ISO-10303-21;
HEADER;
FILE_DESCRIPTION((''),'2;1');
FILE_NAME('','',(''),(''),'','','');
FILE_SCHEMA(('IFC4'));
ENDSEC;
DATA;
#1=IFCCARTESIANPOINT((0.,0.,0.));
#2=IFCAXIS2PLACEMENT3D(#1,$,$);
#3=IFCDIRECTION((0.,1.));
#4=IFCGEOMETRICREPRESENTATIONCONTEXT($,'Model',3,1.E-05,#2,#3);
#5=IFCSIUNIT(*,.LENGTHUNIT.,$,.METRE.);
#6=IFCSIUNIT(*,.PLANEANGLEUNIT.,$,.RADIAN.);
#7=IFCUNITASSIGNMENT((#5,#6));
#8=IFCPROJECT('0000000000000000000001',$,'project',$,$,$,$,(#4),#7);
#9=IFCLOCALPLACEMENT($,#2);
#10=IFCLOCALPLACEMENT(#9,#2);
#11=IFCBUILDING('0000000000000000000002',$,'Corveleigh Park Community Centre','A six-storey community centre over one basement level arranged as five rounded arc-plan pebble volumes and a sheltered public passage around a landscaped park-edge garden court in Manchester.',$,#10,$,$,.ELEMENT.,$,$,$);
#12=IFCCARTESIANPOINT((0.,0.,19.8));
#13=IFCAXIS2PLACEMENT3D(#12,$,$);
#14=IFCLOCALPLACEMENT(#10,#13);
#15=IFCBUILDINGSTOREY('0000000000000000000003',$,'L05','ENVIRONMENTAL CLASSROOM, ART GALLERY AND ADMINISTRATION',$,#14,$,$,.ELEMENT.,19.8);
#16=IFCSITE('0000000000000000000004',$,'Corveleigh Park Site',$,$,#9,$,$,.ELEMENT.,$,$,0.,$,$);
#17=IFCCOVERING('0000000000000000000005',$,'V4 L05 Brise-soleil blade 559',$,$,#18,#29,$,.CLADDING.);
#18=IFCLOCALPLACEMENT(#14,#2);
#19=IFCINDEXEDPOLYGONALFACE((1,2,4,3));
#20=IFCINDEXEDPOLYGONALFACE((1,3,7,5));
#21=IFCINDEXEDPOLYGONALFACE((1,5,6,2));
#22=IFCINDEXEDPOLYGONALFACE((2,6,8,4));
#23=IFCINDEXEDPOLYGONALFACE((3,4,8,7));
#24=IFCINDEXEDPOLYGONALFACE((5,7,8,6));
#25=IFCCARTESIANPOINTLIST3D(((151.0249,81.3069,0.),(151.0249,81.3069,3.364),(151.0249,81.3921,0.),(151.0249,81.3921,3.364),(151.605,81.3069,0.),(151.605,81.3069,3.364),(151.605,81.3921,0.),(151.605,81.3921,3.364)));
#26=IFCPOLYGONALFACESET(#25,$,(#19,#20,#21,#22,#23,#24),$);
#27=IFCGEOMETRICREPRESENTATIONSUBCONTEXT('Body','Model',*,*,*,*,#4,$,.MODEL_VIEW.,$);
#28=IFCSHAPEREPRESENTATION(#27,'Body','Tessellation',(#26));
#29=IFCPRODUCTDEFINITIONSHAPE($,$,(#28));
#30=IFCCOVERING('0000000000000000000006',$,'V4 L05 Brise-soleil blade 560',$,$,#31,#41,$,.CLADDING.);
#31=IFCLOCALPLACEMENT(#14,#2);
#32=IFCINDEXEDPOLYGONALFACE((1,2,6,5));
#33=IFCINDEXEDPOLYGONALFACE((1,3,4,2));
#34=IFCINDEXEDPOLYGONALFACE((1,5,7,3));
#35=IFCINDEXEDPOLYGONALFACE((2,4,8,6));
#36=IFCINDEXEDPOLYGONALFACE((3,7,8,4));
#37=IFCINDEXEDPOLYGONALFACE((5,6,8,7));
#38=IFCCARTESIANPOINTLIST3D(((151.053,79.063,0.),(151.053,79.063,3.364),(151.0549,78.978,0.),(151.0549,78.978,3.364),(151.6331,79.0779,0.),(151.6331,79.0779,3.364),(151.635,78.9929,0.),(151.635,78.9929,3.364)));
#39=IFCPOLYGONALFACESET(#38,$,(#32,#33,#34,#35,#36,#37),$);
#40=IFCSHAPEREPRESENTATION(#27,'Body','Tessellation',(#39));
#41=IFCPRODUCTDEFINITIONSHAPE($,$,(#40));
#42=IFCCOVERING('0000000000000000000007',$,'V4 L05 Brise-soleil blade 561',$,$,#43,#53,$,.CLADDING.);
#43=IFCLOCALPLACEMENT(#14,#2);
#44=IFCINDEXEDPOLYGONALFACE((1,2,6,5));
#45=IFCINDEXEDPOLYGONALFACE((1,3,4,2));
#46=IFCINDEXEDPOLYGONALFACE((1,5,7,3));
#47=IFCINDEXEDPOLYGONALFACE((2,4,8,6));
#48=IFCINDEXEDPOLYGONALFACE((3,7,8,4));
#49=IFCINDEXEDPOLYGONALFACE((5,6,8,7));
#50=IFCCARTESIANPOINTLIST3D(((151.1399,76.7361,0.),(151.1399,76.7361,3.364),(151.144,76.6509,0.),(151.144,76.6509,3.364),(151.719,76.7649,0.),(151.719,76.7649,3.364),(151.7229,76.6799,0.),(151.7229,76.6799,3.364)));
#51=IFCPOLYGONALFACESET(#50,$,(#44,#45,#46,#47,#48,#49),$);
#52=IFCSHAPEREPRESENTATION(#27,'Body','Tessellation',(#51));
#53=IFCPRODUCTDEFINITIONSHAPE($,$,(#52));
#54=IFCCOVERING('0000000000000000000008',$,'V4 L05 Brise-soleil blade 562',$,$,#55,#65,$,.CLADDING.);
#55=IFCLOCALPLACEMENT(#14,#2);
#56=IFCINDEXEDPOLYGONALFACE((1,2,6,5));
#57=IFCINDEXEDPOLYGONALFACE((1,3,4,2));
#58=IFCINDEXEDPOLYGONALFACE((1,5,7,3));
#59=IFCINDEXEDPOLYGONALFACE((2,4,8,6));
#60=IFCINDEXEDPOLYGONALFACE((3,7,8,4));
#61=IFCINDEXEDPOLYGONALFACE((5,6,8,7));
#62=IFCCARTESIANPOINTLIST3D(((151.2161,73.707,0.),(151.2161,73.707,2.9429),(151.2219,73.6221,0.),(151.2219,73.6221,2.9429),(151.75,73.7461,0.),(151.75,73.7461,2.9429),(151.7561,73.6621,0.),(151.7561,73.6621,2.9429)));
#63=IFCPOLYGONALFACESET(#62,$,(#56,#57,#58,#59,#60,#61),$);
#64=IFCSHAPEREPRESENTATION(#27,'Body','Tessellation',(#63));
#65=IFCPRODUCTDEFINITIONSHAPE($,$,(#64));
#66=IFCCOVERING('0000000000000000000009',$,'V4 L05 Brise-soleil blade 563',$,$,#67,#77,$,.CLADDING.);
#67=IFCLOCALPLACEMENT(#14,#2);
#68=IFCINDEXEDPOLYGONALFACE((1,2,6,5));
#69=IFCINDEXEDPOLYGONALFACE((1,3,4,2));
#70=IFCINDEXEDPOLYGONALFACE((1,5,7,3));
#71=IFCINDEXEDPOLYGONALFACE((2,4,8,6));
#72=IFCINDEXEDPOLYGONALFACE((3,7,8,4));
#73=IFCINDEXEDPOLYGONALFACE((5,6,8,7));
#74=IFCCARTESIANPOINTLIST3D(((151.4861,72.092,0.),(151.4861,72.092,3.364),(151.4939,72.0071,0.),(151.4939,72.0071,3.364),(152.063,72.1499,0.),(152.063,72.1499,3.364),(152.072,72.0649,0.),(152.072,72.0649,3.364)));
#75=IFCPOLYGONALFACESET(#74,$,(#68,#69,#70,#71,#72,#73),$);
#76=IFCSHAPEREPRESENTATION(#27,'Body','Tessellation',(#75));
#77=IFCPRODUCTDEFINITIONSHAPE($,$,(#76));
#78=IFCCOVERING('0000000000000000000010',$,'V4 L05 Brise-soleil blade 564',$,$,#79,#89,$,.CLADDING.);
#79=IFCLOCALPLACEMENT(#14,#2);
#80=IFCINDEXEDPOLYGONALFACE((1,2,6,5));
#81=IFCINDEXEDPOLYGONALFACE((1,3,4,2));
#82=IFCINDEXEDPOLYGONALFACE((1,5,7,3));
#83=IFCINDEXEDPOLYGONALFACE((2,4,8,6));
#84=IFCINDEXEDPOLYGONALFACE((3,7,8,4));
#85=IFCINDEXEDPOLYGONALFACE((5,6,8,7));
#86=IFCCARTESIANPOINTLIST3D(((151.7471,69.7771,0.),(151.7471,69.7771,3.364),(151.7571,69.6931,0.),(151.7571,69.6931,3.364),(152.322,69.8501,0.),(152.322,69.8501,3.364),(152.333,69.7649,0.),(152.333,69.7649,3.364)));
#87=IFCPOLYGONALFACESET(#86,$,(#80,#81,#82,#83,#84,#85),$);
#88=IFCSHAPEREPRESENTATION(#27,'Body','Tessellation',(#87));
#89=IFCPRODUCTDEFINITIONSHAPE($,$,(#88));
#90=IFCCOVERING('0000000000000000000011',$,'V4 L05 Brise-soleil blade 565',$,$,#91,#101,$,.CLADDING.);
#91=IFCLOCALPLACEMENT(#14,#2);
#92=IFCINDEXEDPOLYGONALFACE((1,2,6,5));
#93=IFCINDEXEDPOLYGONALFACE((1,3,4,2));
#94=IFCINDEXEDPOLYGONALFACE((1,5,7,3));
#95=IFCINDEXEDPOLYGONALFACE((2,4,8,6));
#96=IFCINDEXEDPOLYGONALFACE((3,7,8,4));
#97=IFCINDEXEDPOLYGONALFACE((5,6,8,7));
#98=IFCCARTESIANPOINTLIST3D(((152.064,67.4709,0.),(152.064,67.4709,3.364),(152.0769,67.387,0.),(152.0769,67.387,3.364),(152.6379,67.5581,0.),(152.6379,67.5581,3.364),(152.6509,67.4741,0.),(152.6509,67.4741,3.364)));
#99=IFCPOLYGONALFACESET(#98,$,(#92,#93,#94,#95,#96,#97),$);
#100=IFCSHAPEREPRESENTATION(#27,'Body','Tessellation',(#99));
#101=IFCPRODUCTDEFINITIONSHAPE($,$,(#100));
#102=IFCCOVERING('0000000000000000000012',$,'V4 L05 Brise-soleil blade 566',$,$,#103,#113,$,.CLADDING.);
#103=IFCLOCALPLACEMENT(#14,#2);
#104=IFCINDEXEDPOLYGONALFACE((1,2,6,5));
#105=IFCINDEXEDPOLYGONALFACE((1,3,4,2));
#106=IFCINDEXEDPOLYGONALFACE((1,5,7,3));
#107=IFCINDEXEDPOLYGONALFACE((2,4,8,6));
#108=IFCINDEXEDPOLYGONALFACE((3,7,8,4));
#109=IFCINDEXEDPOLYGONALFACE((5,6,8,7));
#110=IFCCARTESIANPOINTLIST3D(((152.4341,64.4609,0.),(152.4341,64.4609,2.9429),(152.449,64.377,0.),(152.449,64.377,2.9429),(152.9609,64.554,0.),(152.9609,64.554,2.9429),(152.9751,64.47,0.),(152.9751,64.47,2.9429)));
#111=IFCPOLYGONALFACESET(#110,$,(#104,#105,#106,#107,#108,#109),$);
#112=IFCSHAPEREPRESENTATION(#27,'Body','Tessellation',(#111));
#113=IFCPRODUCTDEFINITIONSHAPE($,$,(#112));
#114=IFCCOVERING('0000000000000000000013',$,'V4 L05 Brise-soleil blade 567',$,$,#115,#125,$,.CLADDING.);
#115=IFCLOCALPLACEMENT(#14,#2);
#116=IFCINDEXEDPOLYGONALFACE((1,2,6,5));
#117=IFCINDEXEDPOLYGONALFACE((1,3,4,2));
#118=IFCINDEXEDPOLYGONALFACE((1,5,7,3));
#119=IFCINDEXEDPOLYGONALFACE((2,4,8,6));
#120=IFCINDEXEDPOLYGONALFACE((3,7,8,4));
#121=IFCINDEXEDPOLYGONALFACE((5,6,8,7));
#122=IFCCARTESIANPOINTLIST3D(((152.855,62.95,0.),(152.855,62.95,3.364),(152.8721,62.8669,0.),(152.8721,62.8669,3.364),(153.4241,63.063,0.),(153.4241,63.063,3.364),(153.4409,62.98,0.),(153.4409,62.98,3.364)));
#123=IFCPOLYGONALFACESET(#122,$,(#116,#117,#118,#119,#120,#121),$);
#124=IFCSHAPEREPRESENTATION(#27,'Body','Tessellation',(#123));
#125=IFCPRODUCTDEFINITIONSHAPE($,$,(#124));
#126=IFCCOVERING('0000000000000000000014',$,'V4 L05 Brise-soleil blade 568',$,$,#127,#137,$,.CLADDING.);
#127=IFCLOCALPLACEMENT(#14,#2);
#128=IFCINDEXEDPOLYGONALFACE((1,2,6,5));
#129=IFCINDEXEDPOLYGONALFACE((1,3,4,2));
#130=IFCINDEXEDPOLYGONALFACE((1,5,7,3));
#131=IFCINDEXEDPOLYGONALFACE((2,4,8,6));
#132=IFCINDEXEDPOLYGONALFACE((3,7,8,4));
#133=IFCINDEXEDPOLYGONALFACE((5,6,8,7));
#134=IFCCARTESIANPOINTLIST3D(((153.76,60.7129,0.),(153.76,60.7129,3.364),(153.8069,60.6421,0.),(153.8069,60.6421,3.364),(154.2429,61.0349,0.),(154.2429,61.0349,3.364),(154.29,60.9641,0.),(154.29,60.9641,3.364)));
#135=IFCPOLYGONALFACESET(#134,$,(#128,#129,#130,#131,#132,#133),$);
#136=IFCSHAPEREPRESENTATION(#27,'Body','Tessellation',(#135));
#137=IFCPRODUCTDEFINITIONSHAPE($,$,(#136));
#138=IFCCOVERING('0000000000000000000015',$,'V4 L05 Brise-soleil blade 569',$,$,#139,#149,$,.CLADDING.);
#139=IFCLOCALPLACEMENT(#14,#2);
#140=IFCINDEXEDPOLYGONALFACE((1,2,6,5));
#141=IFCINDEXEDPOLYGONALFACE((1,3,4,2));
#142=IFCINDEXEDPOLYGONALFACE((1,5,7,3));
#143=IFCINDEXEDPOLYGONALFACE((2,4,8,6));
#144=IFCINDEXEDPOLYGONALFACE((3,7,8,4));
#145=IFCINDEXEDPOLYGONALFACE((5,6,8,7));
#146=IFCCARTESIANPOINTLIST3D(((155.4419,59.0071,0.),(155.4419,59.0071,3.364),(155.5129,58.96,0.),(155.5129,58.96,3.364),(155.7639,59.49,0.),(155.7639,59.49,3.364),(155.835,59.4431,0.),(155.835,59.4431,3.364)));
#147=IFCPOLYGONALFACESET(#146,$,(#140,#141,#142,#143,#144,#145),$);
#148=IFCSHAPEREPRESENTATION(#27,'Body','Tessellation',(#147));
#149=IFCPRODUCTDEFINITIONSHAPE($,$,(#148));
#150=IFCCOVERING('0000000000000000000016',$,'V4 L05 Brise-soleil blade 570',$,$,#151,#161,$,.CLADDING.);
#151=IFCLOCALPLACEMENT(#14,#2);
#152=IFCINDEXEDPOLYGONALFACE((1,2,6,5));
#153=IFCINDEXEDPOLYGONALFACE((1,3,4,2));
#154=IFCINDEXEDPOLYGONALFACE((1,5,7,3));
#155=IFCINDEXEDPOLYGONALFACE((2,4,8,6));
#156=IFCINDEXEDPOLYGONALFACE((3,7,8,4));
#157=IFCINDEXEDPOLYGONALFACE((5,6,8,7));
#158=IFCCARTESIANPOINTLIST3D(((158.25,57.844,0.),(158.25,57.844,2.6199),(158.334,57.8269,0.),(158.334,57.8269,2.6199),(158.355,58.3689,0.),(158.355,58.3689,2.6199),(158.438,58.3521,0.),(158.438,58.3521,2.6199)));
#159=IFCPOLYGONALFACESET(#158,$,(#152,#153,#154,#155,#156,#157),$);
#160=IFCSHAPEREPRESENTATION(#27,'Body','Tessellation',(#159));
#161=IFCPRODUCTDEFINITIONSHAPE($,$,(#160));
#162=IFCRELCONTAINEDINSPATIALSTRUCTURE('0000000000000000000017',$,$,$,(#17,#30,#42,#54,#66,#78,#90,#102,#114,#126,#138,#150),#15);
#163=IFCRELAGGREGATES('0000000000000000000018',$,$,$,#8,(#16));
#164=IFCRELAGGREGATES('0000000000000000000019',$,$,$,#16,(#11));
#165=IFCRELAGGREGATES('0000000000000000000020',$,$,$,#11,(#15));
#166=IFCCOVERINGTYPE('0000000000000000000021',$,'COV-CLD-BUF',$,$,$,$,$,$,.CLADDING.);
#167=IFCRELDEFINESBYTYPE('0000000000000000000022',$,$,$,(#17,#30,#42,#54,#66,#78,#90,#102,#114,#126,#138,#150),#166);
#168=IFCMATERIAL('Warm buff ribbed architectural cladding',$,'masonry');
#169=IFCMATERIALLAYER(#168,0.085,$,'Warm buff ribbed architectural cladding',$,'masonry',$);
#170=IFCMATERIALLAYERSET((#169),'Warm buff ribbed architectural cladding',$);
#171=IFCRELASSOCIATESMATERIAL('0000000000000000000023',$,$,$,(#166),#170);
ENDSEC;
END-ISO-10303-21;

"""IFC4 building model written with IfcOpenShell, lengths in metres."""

from ifc_helpers import new_model, si_unit, direction, frame, origin, place, context, subcontext, project, spatial, polyline, outline, extrude, material, layer, layer_set, type_object, element, save


model = new_model("IFC4")

# Units and contexts
model_context = context("Model", 3, precision=1e-05, world=origin(), true_north=direction((0.0, 1.0)))
body_context = subcontext(model_context, "Body", "Model", "MODEL_VIEW")
ifc_project = project(units=[si_unit("LENGTHUNIT", "METRE"), si_unit("PLANEANGLEUNIT", "RADIAN")], contexts=[model_context])

# Site, building, storey
site_placement = place(None, origin())
site = spatial("IfcSite", under=ifc_project, at=site_placement, Name="Corveleigh Park Site", CompositionType="ELEMENT", RefElevation=0.0)
building_placement = place(site_placement, origin())
building = spatial("IfcBuilding", under=site, at=building_placement, Name="Corveleigh Park Community Centre", Description="A six-storey community centre over one basement level arranged as five rounded arc-plan pebble volumes and a sheltered public passage around a landscaped park-edge garden court in Manchester.", CompositionType="ELEMENT")
storey_placement = place(building_placement, frame((0.0, 0.0, 19.8)))
storey = spatial("IfcBuildingStorey", under=building, at=storey_placement, Name="L05", Description="ENVIRONMENTAL CLASSROOM, ART GALLERY AND ADMINISTRATION", CompositionType="ELEMENT", Elevation=19.8)

# Coverings
ifc_material_1 = material(Name="Warm buff ribbed architectural cladding", Category="masonry")
ifc_layer_1 = layer(ifc_material_1, 0.085, Name="Warm buff ribbed architectural cladding", Category="masonry")
ifc_layer_set_1 = layer_set([ifc_layer_1], Name="Warm buff ribbed architectural cladding")
covering_type_1 = type_object("IfcCoveringType", Name="COV-CLD-BUF", PredefinedType="CLADDING", material=ifc_layer_set_1)
covering_1_placement = place(storey_placement, origin())
element("IfcCovering", 1, at=covering_1_placement, inside=storey, type_object=covering_type_1, Name="V4 L05 Brise-soleil blade 559", PredefinedType="CLADDING", context=body_context, shape_type="SweptSolid", body=[
    extrude(outline(polyline([(151.605, 81.3069), (151.605, 81.3921), (151.0249, 81.3921), (151.0249, 81.3069), (151.605, 81.3069)])), origin(), (0.0, 0.0, 1.0), 3.364),
])
covering_2_placement = place(storey_placement, origin())
element("IfcCovering", 2, at=covering_2_placement, inside=storey, type_object=covering_type_1, Name="V4 L05 Brise-soleil blade 560", PredefinedType="CLADDING", context=body_context, shape_type="SweptSolid", body=[
    extrude(outline(polyline([(151.635, 78.9929), (151.6331, 79.0779), (151.053, 79.063), (151.0549, 78.978), (151.635, 78.9929)])), origin(), (0.0, 0.0, 1.0), 3.364),
])
covering_3_placement = place(storey_placement, origin())
element("IfcCovering", 3, at=covering_3_placement, inside=storey, type_object=covering_type_1, Name="V4 L05 Brise-soleil blade 561", PredefinedType="CLADDING", context=body_context, shape_type="SweptSolid", body=[
    extrude(outline(polyline([(151.7229, 76.6799), (151.719, 76.7649), (151.1399, 76.7361), (151.144, 76.6509), (151.7229, 76.6799)])), origin(), (0.0, 0.0, 1.0), 3.364),
])
covering_4_placement = place(storey_placement, origin())
element("IfcCovering", 4, at=covering_4_placement, inside=storey, type_object=covering_type_1, Name="V4 L05 Brise-soleil blade 562", PredefinedType="CLADDING", context=body_context, shape_type="SweptSolid", body=[
    extrude(outline(polyline([(151.7561, 73.6621), (151.75, 73.7461), (151.2161, 73.707), (151.2219, 73.6221), (151.7561, 73.6621)])), origin(), (0.0, 0.0, 1.0), 2.9429),
])
covering_5_placement = place(storey_placement, origin())
element("IfcCovering", 5, at=covering_5_placement, inside=storey, type_object=covering_type_1, Name="V4 L05 Brise-soleil blade 563", PredefinedType="CLADDING", context=body_context, shape_type="SweptSolid", body=[
    extrude(outline(polyline([(152.072, 72.0649), (152.063, 72.1499), (151.4861, 72.092), (151.4939, 72.0071), (152.072, 72.0649)])), origin(), (0.0, 0.0, 1.0), 3.364),
])
covering_6_placement = place(storey_placement, origin())
element("IfcCovering", 6, at=covering_6_placement, inside=storey, type_object=covering_type_1, Name="V4 L05 Brise-soleil blade 564", PredefinedType="CLADDING", context=body_context, shape_type="SweptSolid", body=[
    extrude(outline(polyline([(152.333, 69.7649), (152.322, 69.8501), (151.7471, 69.7771), (151.7571, 69.6931), (152.333, 69.7649)])), origin(), (0.0, 0.0, 1.0), 3.364),
])
covering_7_placement = place(storey_placement, origin())
element("IfcCovering", 7, at=covering_7_placement, inside=storey, type_object=covering_type_1, Name="V4 L05 Brise-soleil blade 565", PredefinedType="CLADDING", context=body_context, shape_type="SweptSolid", body=[
    extrude(outline(polyline([(152.6509, 67.4741), (152.6379, 67.5581), (152.064, 67.4709), (152.0769, 67.387), (152.6509, 67.4741)])), origin(), (0.0, 0.0, 1.0), 3.364),
])
covering_8_placement = place(storey_placement, origin())
element("IfcCovering", 8, at=covering_8_placement, inside=storey, type_object=covering_type_1, Name="V4 L05 Brise-soleil blade 566", PredefinedType="CLADDING", context=body_context, shape_type="SweptSolid", body=[
    extrude(outline(polyline([(152.9751, 64.47), (152.9609, 64.554), (152.4341, 64.4609), (152.449, 64.377), (152.9751, 64.47)])), origin(), (0.0, 0.0, 1.0), 2.9429),
])
covering_9_placement = place(storey_placement, origin())
element("IfcCovering", 9, at=covering_9_placement, inside=storey, type_object=covering_type_1, Name="V4 L05 Brise-soleil blade 567", PredefinedType="CLADDING", context=body_context, shape_type="SweptSolid", body=[
    extrude(outline(polyline([(153.4409, 62.98), (153.4241, 63.063), (152.855, 62.95), (152.8721, 62.8669), (153.4409, 62.98)])), origin(), (0.0, 0.0, 1.0), 3.364),
])
covering_10_placement = place(storey_placement, origin())
element("IfcCovering", 10, at=covering_10_placement, inside=storey, type_object=covering_type_1, Name="V4 L05 Brise-soleil blade 568", PredefinedType="CLADDING", context=body_context, shape_type="SweptSolid", body=[
    extrude(outline(polyline([(154.29, 60.9641), (154.2429, 61.0349), (153.76, 60.7129), (153.8069, 60.6421), (154.29, 60.9641)])), origin(), (0.0, 0.0, 1.0), 3.364),
])
covering_11_placement = place(storey_placement, origin())
element("IfcCovering", 11, at=covering_11_placement, inside=storey, type_object=covering_type_1, Name="V4 L05 Brise-soleil blade 569", PredefinedType="CLADDING", context=body_context, shape_type="SweptSolid", body=[
    extrude(outline(polyline([(155.835, 59.4431), (155.7639, 59.49), (155.4419, 59.0071), (155.5129, 58.96), (155.835, 59.4431)])), origin(), (0.0, 0.0, 1.0), 3.364),
])
covering_12_placement = place(storey_placement, origin())
element("IfcCovering", 12, at=covering_12_placement, inside=storey, type_object=covering_type_1, Name="V4 L05 Brise-soleil blade 570", PredefinedType="CLADDING", context=body_context, shape_type="SweptSolid", body=[
    extrude(outline(polyline([(158.438, 58.3521), (158.355, 58.3689), (158.25, 57.844), (158.334, 57.8269), (158.438, 58.3521)])), origin(), (0.0, 0.0, 1.0), 2.6199),
])

save(model, "model.ifc")
